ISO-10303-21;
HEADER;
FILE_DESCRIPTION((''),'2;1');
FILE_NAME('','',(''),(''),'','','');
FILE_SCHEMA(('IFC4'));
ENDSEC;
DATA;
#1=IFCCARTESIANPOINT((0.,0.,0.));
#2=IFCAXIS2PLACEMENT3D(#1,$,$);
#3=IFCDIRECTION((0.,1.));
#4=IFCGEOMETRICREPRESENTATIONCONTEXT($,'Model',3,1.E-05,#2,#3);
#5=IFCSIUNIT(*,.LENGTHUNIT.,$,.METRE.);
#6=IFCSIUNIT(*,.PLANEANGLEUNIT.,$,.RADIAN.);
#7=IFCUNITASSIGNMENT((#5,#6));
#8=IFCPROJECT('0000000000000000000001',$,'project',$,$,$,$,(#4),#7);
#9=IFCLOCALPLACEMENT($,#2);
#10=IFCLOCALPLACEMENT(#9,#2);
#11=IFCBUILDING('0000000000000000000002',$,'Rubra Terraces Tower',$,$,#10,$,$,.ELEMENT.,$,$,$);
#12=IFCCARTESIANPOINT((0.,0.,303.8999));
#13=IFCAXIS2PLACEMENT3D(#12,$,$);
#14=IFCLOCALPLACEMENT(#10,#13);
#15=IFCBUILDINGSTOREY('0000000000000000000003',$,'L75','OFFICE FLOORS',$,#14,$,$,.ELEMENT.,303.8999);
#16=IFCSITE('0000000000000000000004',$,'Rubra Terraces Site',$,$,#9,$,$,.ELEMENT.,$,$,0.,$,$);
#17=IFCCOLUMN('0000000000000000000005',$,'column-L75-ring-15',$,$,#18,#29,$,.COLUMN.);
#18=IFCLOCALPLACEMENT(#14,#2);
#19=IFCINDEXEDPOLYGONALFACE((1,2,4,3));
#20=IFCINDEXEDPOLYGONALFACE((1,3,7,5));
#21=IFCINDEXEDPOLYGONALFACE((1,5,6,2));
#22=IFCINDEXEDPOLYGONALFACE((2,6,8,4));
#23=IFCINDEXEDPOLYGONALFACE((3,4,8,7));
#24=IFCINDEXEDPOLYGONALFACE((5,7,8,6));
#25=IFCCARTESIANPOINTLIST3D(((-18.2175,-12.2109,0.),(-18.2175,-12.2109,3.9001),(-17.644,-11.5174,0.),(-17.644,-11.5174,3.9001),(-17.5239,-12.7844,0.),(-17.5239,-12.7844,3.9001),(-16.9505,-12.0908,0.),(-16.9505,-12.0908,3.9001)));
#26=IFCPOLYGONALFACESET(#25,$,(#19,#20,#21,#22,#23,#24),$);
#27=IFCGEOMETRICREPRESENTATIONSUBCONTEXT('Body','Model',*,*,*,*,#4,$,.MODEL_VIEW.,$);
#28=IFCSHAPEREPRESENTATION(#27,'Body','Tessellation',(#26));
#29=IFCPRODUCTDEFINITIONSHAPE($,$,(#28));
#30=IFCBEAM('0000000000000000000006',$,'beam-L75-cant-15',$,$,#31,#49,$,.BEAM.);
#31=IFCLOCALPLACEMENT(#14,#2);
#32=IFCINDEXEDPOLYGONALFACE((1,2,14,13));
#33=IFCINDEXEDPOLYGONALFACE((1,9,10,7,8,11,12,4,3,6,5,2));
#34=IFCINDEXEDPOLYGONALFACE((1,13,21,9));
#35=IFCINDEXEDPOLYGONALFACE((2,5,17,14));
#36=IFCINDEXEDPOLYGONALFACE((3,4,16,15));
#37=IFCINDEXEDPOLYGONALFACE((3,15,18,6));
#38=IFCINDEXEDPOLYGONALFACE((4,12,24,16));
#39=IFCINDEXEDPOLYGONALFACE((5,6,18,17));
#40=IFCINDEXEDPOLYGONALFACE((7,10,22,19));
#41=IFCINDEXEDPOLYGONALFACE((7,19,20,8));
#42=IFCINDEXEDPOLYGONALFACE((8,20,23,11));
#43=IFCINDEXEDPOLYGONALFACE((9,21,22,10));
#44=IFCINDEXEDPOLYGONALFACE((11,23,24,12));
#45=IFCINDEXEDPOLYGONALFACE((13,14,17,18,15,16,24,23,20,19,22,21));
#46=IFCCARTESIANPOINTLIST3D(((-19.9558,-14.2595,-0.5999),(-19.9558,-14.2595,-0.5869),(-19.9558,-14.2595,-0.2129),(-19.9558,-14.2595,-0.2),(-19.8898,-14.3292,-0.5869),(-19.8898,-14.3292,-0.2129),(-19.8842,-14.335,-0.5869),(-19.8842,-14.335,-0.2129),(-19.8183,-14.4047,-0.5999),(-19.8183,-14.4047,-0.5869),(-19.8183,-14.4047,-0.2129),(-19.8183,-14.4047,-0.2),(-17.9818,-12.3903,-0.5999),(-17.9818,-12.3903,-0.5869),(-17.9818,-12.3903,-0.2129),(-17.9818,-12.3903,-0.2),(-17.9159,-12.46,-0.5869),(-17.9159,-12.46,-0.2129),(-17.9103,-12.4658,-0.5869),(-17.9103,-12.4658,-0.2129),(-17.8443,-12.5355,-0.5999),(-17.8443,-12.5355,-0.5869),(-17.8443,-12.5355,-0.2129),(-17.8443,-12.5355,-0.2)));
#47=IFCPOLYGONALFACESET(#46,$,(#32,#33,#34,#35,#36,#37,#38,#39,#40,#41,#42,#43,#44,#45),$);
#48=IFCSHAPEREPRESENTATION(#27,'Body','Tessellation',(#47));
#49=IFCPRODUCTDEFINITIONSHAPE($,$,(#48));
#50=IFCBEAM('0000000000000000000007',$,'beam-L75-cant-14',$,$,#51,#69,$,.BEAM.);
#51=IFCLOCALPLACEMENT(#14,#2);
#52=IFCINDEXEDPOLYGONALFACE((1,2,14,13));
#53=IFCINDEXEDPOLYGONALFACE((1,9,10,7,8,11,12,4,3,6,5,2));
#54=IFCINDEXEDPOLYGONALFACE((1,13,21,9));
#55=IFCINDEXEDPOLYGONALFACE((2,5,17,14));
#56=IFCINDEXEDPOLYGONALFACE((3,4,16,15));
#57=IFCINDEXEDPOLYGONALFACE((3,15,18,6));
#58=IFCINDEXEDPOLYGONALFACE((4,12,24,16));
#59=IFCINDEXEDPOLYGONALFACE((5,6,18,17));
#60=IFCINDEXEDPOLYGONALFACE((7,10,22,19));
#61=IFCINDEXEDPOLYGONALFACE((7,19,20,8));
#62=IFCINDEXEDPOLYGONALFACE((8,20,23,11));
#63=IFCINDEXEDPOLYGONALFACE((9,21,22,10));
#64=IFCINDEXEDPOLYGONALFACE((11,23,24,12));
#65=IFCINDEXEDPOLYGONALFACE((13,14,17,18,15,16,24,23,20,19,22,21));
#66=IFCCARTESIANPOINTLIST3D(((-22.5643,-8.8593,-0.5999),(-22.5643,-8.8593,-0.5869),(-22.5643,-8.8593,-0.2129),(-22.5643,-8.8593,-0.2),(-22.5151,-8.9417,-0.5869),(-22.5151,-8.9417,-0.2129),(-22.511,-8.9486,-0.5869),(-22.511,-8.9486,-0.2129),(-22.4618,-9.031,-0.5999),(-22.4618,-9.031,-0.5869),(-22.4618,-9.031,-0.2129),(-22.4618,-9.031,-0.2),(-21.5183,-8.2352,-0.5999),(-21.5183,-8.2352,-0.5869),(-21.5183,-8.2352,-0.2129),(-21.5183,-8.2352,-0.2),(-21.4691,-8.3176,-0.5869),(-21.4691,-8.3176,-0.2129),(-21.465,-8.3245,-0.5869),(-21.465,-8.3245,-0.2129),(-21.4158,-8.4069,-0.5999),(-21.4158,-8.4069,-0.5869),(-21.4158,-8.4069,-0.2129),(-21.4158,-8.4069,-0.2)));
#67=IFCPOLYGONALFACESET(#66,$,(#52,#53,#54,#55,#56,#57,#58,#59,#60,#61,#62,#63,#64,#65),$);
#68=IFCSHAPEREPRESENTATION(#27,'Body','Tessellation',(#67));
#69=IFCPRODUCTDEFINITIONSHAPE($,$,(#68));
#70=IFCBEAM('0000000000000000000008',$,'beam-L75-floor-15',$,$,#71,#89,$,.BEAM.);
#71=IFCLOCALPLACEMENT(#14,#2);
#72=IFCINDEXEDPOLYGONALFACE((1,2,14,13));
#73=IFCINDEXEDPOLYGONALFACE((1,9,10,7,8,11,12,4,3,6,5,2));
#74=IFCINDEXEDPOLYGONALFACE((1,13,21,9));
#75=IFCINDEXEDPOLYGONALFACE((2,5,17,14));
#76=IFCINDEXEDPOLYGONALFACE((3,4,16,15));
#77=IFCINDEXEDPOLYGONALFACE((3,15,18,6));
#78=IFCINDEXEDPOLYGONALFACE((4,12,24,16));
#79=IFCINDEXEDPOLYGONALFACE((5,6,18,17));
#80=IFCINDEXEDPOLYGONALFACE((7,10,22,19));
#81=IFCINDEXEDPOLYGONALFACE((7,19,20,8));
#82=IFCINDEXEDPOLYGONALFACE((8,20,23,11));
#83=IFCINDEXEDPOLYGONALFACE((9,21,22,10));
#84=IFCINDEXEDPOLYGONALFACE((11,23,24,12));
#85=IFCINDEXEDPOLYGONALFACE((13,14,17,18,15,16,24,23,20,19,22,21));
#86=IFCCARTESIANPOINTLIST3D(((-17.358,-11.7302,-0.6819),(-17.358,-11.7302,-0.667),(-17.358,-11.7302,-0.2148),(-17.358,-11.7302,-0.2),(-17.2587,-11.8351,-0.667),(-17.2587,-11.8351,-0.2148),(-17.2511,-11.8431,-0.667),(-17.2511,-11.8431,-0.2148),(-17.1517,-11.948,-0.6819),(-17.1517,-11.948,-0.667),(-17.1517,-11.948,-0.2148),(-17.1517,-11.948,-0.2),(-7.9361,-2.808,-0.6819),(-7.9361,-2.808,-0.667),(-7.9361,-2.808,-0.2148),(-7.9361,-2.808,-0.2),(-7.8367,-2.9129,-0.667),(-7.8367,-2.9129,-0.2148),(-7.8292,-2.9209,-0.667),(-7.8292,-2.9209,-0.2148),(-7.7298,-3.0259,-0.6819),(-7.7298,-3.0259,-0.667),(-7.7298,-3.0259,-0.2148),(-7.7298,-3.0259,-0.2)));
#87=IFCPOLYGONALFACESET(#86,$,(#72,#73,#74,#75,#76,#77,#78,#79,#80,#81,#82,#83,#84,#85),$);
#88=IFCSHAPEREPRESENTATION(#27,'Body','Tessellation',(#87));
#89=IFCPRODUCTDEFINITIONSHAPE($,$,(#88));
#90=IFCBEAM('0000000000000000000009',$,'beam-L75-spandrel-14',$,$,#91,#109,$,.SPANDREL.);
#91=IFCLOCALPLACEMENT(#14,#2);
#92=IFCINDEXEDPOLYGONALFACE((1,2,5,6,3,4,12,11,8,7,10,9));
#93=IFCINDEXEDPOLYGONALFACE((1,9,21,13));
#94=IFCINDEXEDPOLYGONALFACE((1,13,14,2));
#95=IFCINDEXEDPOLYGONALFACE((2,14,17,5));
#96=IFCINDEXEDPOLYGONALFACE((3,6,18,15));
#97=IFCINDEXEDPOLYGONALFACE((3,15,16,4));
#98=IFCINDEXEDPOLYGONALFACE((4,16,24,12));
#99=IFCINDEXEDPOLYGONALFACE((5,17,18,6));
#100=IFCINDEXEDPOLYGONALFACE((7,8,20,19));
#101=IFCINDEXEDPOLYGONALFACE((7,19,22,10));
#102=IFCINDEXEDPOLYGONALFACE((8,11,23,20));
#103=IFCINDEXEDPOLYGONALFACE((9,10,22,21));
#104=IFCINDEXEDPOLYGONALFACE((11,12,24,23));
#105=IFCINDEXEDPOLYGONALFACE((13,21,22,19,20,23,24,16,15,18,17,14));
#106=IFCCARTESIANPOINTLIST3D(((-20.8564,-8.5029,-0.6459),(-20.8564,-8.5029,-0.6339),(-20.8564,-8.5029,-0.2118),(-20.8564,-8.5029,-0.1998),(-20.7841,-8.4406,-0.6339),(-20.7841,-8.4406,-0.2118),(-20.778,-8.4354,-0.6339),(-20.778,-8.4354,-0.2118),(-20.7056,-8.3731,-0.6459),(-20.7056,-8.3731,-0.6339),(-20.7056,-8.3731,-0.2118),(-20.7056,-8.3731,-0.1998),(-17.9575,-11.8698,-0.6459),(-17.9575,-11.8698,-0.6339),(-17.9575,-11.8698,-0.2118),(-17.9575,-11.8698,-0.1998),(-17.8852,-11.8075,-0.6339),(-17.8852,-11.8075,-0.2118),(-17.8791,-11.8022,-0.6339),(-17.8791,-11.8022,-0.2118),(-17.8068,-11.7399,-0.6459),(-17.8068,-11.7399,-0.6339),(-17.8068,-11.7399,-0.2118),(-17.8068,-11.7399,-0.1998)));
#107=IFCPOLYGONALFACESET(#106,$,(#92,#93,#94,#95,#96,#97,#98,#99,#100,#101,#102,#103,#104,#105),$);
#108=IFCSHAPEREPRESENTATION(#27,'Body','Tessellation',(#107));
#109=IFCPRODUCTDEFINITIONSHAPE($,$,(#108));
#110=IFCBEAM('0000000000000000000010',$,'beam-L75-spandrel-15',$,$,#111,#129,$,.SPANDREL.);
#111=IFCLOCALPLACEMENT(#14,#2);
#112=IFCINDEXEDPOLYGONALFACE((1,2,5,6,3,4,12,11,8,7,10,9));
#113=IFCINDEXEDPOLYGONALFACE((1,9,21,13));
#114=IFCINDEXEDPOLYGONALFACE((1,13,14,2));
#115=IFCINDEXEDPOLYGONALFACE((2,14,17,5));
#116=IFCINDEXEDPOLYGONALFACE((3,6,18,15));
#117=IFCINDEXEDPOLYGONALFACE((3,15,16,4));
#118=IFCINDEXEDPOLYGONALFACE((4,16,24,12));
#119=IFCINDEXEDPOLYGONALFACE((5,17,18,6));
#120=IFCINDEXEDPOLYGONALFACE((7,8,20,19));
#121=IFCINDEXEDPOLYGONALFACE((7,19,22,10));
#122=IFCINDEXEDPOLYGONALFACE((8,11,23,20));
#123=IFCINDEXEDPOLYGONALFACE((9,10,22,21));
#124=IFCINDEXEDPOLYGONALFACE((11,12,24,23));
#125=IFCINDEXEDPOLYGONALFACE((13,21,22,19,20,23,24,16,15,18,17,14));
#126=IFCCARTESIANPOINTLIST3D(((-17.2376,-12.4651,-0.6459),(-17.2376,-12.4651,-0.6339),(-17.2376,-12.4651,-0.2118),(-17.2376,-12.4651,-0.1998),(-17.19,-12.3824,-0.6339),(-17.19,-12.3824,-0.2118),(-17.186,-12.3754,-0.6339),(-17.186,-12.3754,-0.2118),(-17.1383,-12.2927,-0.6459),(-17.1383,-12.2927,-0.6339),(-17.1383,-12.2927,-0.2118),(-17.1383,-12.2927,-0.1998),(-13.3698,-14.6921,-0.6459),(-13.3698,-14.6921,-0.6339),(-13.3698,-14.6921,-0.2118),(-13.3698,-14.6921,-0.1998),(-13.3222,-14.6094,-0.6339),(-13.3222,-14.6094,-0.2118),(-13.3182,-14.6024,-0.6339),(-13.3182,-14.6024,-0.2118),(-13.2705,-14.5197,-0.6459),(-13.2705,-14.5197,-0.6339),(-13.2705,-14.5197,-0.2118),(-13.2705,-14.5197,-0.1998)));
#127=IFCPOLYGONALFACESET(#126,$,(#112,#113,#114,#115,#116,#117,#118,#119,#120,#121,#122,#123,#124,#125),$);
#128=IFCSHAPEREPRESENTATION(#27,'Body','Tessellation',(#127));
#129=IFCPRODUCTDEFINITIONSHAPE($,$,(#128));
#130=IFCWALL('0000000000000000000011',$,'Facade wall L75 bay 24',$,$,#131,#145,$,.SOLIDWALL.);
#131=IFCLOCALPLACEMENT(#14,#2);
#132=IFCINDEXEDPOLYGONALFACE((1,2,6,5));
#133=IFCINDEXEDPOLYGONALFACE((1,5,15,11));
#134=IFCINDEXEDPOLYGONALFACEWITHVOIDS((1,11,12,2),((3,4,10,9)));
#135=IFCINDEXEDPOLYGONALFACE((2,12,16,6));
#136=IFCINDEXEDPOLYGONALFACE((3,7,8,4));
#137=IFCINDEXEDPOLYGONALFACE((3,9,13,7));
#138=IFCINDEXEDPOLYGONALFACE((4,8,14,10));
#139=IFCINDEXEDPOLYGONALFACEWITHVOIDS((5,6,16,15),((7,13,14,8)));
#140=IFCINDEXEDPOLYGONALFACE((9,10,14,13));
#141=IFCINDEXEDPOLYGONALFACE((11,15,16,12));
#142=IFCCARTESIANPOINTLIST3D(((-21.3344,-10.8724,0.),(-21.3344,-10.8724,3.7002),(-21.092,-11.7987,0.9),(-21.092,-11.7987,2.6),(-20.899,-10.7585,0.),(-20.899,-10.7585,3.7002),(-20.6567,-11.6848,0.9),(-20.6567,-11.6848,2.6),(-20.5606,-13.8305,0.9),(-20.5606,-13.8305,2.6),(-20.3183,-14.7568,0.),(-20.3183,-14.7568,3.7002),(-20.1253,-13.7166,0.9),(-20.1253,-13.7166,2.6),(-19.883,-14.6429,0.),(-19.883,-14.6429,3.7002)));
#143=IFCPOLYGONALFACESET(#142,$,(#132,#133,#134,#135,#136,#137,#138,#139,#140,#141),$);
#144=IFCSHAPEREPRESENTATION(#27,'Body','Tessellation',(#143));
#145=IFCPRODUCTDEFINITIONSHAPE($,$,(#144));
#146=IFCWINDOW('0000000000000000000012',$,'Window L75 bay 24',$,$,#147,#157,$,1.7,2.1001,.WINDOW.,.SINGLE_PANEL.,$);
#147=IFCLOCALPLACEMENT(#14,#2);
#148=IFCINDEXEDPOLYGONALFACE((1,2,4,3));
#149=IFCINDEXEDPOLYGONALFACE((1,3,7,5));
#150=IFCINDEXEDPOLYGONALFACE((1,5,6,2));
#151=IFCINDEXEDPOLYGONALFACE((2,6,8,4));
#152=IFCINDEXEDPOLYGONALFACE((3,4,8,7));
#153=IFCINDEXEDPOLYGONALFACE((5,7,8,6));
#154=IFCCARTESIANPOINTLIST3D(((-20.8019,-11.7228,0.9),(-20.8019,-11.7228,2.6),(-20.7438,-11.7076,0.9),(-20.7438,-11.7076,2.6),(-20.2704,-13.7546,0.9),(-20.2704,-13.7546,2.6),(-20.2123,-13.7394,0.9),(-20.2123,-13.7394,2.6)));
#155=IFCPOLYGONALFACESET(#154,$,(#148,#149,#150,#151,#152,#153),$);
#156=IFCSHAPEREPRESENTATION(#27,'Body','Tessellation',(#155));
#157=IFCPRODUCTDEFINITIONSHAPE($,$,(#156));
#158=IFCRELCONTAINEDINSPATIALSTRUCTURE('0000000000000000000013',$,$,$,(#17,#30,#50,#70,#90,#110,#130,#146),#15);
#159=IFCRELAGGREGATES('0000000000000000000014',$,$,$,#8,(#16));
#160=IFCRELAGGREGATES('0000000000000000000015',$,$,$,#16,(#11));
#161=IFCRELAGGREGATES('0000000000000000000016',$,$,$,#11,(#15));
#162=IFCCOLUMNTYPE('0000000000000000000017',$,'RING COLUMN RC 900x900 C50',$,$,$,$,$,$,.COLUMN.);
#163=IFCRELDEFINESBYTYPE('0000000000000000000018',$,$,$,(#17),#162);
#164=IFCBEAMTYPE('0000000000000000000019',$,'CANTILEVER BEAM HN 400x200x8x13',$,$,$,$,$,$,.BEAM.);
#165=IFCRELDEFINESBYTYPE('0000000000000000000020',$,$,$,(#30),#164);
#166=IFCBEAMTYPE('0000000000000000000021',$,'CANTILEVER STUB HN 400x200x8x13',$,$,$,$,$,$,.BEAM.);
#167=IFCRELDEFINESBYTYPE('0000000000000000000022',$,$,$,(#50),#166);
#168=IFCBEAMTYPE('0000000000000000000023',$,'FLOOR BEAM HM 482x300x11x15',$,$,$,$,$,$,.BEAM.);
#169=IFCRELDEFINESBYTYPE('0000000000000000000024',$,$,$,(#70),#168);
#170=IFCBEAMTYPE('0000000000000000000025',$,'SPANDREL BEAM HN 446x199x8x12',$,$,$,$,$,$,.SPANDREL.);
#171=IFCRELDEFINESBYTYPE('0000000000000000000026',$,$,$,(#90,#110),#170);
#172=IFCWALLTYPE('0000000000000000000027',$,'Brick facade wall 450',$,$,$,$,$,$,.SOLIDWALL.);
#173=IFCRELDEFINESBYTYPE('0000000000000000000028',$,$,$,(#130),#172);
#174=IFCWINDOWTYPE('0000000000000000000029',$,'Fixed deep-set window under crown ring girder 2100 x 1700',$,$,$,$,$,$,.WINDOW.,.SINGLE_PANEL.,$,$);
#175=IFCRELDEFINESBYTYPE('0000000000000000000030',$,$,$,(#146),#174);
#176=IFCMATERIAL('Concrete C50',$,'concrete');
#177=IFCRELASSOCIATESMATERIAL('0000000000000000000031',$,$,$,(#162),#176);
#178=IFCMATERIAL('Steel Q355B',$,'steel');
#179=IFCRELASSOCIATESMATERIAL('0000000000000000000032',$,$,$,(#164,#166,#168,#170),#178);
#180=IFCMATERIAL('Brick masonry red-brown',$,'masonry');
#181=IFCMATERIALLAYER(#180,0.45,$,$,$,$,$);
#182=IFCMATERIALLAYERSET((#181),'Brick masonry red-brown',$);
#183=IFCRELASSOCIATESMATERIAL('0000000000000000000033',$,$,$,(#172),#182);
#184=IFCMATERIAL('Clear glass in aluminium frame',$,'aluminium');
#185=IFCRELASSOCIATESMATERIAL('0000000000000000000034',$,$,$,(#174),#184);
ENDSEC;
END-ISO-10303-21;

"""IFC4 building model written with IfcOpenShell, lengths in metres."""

from ifc_helpers import new_model, si_unit, direction, frame, frame_2d, origin, origin_2d, place, context, subcontext, project, spatial, rectangle, i_section, extrude, material, layer, layer_set, material_profile, profile_set, type_object, element, fill, save


model = new_model("IFC4")

# Units and contexts
model_context = context("Model", 3, precision=1e-05, world=origin(), true_north=direction((0.0, 1.0)))
body_context = subcontext(model_context, "Body", "Model", "MODEL_VIEW")
ifc_project = project(units=[si_unit("LENGTHUNIT", "METRE"), si_unit("PLANEANGLEUNIT", "RADIAN")], contexts=[model_context])

# Site, building, storey
site_placement = place(None, origin())
site = spatial("IfcSite", under=ifc_project, at=site_placement, Name="Rubra Terraces Site", CompositionType="ELEMENT", RefElevation=0.0)
building_placement = place(site_placement, origin())
building = spatial("IfcBuilding", under=site, at=building_placement, Name="Rubra Terraces Tower", CompositionType="ELEMENT")
storey_placement = place(building_placement, frame((0.0, 0.0, 303.8999)))
storey = spatial("IfcBuildingStorey", under=building, at=storey_placement, Name="L75", Description="OFFICE FLOORS", CompositionType="ELEMENT", Elevation=303.8999)

# Column
ifc_material_1 = material(Name="Concrete C50", Category="concrete")
ifc_material_profile_1 = material_profile(ifc_material_1, rectangle(XDim=0.8999, YDim=0.8999, at=origin_2d()), Name="RC 900x900")
ifc_profile_set_1 = profile_set([ifc_material_profile_1], Name="Concrete C50")
column_type = type_object("IfcColumnType", Name="RING COLUMN RC 900x900 C50", PredefinedType="COLUMN", material=ifc_profile_set_1)
column_placement = place(storey_placement, frame((-17.584, -12.1509, 0.0), z_axis=(0.0, 0.0, 1.0), x_axis=(0.770679, -0.637223, 0.0)))
element("IfcColumn", 1, at=column_placement, inside=storey, type_object=column_type, Name="column-L75-ring-15", PredefinedType="COLUMN", context=body_context, shape_type="SweptSolid", body=[
    extrude(rectangle(XDim=0.8999, YDim=0.8999, at=origin_2d()), origin(), (0.0, 0.0, 1.0), 3.9001),
])

# Beams
ifc_material_2 = material(Name="Steel Q355B", Category="steel")
ifc_material_profile_2 = material_profile(ifc_material_2, i_section(OverallWidth=0.2, OverallDepth=0.3999, WebThickness=0.0081, FlangeThickness=0.0129, at=origin_2d()), Name="HN 400x200x8x13")
ifc_profile_set_2 = profile_set([ifc_material_profile_2], Name="Steel Q355B")
beam_type_1 = type_object("IfcBeamType", Name="CANTILEVER BEAM HN 400x200x8x13", PredefinedType="BEAM", material=ifc_profile_set_2)
beam_1_placement = place(storey_placement, frame((-17.9131, -12.4629, -0.3999), z_axis=(-0.726108, -0.68758, 0.0), x_axis=(0.68758, -0.726108, 0.0)))
element("IfcBeam", 2, at=beam_1_placement, inside=storey, type_object=beam_type_1, Name="beam-L75-cant-15", PredefinedType="BEAM", context=body_context, shape_type="SweptSolid", body=[
    extrude(i_section(OverallWidth=0.2, OverallDepth=0.3999, WebThickness=0.0081, FlangeThickness=0.0129, at=origin_2d()), origin(), (0.0, 0.0, 1.0), 2.7185),
])
ifc_material_profile_3 = material_profile(ifc_material_2, i_section(OverallWidth=0.2, OverallDepth=0.3999, WebThickness=0.0081, FlangeThickness=0.0129, at=origin_2d()), Name="HN 400x200x8x13")
ifc_profile_set_3 = profile_set([ifc_material_profile_3], Name="Steel Q355B")
beam_type_2 = type_object("IfcBeamType", Name="CANTILEVER STUB HN 400x200x8x13", PredefinedType="BEAM", material=ifc_profile_set_3)
beam_2_placement = place(storey_placement, frame((-21.467, -8.321, -0.3999), z_axis=(-0.858764, -0.512372, 0.0), x_axis=(0.512372, -0.858764, 0.0)))
element("IfcBeam", 3, at=beam_2_placement, inside=storey, type_object=beam_type_2, Name="beam-L75-cant-14", PredefinedType="BEAM", context=body_context, shape_type="SweptSolid", body=[
    extrude(i_section(OverallWidth=0.2, OverallDepth=0.3999, WebThickness=0.0081, FlangeThickness=0.0129, at=origin_2d()), origin(), (0.0, 0.0, 1.0), 1.218),
])
ifc_material_profile_4 = material_profile(ifc_material_2, i_section(OverallWidth=0.3, OverallDepth=0.4819, WebThickness=0.011, FlangeThickness=0.0149, at=origin_2d()), Name="HM 482x300x11x15")
ifc_profile_set_4 = profile_set([ifc_material_profile_4], Name="Steel Q355B")
beam_type_3 = type_object("IfcBeamType", Name="FLOOR BEAM HM 482x300x11x15", PredefinedType="BEAM", material=ifc_profile_set_4)
beam_3_placement = place(storey_placement, frame((-17.2549, -11.8391, -0.4409), z_axis=(0.726101, 0.687588, 0.0), x_axis=(-0.687588, 0.726101, 0.0)))
element("IfcBeam", 4, at=beam_3_placement, inside=storey, type_object=beam_type_3, Name="beam-L75-floor-15", PredefinedType="BEAM", context=body_context, shape_type="SweptSolid", body=[
    extrude(i_section(OverallWidth=0.3, OverallDepth=0.4819, WebThickness=0.011, FlangeThickness=0.0149, at=origin_2d()), origin(), (0.0, 0.0, 1.0), 12.9761),
])
ifc_material_profile_5 = material_profile(ifc_material_2, i_section(OverallWidth=0.199, OverallDepth=0.446, WebThickness=0.0081, FlangeThickness=0.012, at=origin_2d()), Name="HN 446x199x8x12")
ifc_profile_set_5 = profile_set([ifc_material_profile_5], Name="Steel Q355B")
beam_type_4 = type_object("IfcBeamType", Name="SPANDREL BEAM HN 446x199x8x12", PredefinedType="SPANDREL", material=ifc_profile_set_5)
beam_4_placement = place(storey_placement, frame((-20.781, -8.438, -0.4229), z_axis=(0.652473, -0.757812, 0.0), x_axis=(0.757812, 0.652473, 0.0)))
element("IfcBeam", 5, at=beam_4_placement, inside=storey, type_object=beam_type_4, Name="beam-L75-spandrel-14", PredefinedType="SPANDREL", context=body_context, shape_type="SweptSolid", body=[
    extrude(i_section(OverallWidth=0.199, OverallDepth=0.446, WebThickness=0.0081, FlangeThickness=0.012, at=origin_2d()), origin(), (0.0, 0.0, 1.0), 4.4429),
])
beam_5_placement = place(storey_placement, frame((-17.188, -12.3789, -0.4229), z_axis=(0.866616, -0.498976, 0.0), x_axis=(0.498976, 0.866616, 0.0)))
element("IfcBeam", 6, at=beam_5_placement, inside=storey, type_object=beam_type_4, Name="beam-L75-spandrel-15", PredefinedType="SPANDREL", context=body_context, shape_type="SweptSolid", body=[
    extrude(i_section(OverallWidth=0.199, OverallDepth=0.446, WebThickness=0.0081, FlangeThickness=0.012, at=origin_2d()), origin(), (0.0, 0.0, 1.0), 4.4631),
])

# Wall, opening, window
ifc_material_3 = material(Name="Brick masonry red-brown", Category="masonry")
ifc_layer_1 = layer(ifc_material_3, 0.45)
ifc_layer_set_1 = layer_set([ifc_layer_1], Name="Brick masonry red-brown")
wall_type_1 = type_object("IfcWallType", Name="Brick facade wall 450", PredefinedType="SOLIDWALL", material=ifc_layer_set_1)
wall_1_placement = place(storey_placement, frame((-21.1167, -10.8154, 0.0), z_axis=(0.0, 0.0, 1.0), x_axis=(0.253065, -0.967449, 0.0)))
wall_1 = element("IfcWall", 7, at=wall_1_placement, inside=storey, type_object=wall_type_1, Name="Facade wall L75 bay 24", PredefinedType="SOLIDWALL", context=body_context, shape_type="SweptSolid", body=[
    extrude(rectangle(XDim=4.0151, YDim=0.45, at=frame_2d((2.0076, 0.0))), origin(), (0.0, 0.0, 1.0), 3.7002),
])
opening_1_placement = place(wall_1_placement, frame((0.9575, 0.0, 0.8999)))
opening_1 = element("IfcOpeningElement", 8, at=opening_1_placement, cuts=wall_1, PredefinedType="OPENING", context=body_context, shape_type="SweptSolid", body=[
    extrude(rectangle(XDim=2.1001, YDim=1.7, at=frame_2d((1.05, 0.8501))), frame((0.0, 0.2349, 0.0), z_axis=(0.0, -1.0, 0.0), x_axis=(1.0, 0.0, 0.0)), (0.0, 0.0, 1.0), 0.47),
])
ifc_material_4 = material(Name="Clear glass in aluminium frame", Category="aluminium")
window_type = type_object("IfcWindowType", Name="Fixed deep-set window under crown ring girder 2100 x 1700", PartitioningType="SINGLE_PANEL", PredefinedType="WINDOW", material=ifc_material_4)
window_1_placement = place(opening_1_placement, origin())
window_1 = element("IfcWindow", 9, at=window_1_placement, inside=storey, type_object=window_type, Name="Window L75 bay 24", OverallHeight=1.7, OverallWidth=2.1001, PartitioningType="SINGLE_PANEL", PredefinedType="WINDOW", context=body_context, shape_type="SweptSolid", body=[
    extrude(rectangle(XDim=2.1001, YDim=1.7, at=frame_2d((1.05, 0.8501))), frame((0.0, 0.135, 0.0), z_axis=(0.0, -1.0, 0.0), x_axis=(1.0, 0.0, 0.0)), (0.0, 0.0, 1.0), 0.0601),
])
fill(opening_1, window_1)

save(model, "model.ifc")
